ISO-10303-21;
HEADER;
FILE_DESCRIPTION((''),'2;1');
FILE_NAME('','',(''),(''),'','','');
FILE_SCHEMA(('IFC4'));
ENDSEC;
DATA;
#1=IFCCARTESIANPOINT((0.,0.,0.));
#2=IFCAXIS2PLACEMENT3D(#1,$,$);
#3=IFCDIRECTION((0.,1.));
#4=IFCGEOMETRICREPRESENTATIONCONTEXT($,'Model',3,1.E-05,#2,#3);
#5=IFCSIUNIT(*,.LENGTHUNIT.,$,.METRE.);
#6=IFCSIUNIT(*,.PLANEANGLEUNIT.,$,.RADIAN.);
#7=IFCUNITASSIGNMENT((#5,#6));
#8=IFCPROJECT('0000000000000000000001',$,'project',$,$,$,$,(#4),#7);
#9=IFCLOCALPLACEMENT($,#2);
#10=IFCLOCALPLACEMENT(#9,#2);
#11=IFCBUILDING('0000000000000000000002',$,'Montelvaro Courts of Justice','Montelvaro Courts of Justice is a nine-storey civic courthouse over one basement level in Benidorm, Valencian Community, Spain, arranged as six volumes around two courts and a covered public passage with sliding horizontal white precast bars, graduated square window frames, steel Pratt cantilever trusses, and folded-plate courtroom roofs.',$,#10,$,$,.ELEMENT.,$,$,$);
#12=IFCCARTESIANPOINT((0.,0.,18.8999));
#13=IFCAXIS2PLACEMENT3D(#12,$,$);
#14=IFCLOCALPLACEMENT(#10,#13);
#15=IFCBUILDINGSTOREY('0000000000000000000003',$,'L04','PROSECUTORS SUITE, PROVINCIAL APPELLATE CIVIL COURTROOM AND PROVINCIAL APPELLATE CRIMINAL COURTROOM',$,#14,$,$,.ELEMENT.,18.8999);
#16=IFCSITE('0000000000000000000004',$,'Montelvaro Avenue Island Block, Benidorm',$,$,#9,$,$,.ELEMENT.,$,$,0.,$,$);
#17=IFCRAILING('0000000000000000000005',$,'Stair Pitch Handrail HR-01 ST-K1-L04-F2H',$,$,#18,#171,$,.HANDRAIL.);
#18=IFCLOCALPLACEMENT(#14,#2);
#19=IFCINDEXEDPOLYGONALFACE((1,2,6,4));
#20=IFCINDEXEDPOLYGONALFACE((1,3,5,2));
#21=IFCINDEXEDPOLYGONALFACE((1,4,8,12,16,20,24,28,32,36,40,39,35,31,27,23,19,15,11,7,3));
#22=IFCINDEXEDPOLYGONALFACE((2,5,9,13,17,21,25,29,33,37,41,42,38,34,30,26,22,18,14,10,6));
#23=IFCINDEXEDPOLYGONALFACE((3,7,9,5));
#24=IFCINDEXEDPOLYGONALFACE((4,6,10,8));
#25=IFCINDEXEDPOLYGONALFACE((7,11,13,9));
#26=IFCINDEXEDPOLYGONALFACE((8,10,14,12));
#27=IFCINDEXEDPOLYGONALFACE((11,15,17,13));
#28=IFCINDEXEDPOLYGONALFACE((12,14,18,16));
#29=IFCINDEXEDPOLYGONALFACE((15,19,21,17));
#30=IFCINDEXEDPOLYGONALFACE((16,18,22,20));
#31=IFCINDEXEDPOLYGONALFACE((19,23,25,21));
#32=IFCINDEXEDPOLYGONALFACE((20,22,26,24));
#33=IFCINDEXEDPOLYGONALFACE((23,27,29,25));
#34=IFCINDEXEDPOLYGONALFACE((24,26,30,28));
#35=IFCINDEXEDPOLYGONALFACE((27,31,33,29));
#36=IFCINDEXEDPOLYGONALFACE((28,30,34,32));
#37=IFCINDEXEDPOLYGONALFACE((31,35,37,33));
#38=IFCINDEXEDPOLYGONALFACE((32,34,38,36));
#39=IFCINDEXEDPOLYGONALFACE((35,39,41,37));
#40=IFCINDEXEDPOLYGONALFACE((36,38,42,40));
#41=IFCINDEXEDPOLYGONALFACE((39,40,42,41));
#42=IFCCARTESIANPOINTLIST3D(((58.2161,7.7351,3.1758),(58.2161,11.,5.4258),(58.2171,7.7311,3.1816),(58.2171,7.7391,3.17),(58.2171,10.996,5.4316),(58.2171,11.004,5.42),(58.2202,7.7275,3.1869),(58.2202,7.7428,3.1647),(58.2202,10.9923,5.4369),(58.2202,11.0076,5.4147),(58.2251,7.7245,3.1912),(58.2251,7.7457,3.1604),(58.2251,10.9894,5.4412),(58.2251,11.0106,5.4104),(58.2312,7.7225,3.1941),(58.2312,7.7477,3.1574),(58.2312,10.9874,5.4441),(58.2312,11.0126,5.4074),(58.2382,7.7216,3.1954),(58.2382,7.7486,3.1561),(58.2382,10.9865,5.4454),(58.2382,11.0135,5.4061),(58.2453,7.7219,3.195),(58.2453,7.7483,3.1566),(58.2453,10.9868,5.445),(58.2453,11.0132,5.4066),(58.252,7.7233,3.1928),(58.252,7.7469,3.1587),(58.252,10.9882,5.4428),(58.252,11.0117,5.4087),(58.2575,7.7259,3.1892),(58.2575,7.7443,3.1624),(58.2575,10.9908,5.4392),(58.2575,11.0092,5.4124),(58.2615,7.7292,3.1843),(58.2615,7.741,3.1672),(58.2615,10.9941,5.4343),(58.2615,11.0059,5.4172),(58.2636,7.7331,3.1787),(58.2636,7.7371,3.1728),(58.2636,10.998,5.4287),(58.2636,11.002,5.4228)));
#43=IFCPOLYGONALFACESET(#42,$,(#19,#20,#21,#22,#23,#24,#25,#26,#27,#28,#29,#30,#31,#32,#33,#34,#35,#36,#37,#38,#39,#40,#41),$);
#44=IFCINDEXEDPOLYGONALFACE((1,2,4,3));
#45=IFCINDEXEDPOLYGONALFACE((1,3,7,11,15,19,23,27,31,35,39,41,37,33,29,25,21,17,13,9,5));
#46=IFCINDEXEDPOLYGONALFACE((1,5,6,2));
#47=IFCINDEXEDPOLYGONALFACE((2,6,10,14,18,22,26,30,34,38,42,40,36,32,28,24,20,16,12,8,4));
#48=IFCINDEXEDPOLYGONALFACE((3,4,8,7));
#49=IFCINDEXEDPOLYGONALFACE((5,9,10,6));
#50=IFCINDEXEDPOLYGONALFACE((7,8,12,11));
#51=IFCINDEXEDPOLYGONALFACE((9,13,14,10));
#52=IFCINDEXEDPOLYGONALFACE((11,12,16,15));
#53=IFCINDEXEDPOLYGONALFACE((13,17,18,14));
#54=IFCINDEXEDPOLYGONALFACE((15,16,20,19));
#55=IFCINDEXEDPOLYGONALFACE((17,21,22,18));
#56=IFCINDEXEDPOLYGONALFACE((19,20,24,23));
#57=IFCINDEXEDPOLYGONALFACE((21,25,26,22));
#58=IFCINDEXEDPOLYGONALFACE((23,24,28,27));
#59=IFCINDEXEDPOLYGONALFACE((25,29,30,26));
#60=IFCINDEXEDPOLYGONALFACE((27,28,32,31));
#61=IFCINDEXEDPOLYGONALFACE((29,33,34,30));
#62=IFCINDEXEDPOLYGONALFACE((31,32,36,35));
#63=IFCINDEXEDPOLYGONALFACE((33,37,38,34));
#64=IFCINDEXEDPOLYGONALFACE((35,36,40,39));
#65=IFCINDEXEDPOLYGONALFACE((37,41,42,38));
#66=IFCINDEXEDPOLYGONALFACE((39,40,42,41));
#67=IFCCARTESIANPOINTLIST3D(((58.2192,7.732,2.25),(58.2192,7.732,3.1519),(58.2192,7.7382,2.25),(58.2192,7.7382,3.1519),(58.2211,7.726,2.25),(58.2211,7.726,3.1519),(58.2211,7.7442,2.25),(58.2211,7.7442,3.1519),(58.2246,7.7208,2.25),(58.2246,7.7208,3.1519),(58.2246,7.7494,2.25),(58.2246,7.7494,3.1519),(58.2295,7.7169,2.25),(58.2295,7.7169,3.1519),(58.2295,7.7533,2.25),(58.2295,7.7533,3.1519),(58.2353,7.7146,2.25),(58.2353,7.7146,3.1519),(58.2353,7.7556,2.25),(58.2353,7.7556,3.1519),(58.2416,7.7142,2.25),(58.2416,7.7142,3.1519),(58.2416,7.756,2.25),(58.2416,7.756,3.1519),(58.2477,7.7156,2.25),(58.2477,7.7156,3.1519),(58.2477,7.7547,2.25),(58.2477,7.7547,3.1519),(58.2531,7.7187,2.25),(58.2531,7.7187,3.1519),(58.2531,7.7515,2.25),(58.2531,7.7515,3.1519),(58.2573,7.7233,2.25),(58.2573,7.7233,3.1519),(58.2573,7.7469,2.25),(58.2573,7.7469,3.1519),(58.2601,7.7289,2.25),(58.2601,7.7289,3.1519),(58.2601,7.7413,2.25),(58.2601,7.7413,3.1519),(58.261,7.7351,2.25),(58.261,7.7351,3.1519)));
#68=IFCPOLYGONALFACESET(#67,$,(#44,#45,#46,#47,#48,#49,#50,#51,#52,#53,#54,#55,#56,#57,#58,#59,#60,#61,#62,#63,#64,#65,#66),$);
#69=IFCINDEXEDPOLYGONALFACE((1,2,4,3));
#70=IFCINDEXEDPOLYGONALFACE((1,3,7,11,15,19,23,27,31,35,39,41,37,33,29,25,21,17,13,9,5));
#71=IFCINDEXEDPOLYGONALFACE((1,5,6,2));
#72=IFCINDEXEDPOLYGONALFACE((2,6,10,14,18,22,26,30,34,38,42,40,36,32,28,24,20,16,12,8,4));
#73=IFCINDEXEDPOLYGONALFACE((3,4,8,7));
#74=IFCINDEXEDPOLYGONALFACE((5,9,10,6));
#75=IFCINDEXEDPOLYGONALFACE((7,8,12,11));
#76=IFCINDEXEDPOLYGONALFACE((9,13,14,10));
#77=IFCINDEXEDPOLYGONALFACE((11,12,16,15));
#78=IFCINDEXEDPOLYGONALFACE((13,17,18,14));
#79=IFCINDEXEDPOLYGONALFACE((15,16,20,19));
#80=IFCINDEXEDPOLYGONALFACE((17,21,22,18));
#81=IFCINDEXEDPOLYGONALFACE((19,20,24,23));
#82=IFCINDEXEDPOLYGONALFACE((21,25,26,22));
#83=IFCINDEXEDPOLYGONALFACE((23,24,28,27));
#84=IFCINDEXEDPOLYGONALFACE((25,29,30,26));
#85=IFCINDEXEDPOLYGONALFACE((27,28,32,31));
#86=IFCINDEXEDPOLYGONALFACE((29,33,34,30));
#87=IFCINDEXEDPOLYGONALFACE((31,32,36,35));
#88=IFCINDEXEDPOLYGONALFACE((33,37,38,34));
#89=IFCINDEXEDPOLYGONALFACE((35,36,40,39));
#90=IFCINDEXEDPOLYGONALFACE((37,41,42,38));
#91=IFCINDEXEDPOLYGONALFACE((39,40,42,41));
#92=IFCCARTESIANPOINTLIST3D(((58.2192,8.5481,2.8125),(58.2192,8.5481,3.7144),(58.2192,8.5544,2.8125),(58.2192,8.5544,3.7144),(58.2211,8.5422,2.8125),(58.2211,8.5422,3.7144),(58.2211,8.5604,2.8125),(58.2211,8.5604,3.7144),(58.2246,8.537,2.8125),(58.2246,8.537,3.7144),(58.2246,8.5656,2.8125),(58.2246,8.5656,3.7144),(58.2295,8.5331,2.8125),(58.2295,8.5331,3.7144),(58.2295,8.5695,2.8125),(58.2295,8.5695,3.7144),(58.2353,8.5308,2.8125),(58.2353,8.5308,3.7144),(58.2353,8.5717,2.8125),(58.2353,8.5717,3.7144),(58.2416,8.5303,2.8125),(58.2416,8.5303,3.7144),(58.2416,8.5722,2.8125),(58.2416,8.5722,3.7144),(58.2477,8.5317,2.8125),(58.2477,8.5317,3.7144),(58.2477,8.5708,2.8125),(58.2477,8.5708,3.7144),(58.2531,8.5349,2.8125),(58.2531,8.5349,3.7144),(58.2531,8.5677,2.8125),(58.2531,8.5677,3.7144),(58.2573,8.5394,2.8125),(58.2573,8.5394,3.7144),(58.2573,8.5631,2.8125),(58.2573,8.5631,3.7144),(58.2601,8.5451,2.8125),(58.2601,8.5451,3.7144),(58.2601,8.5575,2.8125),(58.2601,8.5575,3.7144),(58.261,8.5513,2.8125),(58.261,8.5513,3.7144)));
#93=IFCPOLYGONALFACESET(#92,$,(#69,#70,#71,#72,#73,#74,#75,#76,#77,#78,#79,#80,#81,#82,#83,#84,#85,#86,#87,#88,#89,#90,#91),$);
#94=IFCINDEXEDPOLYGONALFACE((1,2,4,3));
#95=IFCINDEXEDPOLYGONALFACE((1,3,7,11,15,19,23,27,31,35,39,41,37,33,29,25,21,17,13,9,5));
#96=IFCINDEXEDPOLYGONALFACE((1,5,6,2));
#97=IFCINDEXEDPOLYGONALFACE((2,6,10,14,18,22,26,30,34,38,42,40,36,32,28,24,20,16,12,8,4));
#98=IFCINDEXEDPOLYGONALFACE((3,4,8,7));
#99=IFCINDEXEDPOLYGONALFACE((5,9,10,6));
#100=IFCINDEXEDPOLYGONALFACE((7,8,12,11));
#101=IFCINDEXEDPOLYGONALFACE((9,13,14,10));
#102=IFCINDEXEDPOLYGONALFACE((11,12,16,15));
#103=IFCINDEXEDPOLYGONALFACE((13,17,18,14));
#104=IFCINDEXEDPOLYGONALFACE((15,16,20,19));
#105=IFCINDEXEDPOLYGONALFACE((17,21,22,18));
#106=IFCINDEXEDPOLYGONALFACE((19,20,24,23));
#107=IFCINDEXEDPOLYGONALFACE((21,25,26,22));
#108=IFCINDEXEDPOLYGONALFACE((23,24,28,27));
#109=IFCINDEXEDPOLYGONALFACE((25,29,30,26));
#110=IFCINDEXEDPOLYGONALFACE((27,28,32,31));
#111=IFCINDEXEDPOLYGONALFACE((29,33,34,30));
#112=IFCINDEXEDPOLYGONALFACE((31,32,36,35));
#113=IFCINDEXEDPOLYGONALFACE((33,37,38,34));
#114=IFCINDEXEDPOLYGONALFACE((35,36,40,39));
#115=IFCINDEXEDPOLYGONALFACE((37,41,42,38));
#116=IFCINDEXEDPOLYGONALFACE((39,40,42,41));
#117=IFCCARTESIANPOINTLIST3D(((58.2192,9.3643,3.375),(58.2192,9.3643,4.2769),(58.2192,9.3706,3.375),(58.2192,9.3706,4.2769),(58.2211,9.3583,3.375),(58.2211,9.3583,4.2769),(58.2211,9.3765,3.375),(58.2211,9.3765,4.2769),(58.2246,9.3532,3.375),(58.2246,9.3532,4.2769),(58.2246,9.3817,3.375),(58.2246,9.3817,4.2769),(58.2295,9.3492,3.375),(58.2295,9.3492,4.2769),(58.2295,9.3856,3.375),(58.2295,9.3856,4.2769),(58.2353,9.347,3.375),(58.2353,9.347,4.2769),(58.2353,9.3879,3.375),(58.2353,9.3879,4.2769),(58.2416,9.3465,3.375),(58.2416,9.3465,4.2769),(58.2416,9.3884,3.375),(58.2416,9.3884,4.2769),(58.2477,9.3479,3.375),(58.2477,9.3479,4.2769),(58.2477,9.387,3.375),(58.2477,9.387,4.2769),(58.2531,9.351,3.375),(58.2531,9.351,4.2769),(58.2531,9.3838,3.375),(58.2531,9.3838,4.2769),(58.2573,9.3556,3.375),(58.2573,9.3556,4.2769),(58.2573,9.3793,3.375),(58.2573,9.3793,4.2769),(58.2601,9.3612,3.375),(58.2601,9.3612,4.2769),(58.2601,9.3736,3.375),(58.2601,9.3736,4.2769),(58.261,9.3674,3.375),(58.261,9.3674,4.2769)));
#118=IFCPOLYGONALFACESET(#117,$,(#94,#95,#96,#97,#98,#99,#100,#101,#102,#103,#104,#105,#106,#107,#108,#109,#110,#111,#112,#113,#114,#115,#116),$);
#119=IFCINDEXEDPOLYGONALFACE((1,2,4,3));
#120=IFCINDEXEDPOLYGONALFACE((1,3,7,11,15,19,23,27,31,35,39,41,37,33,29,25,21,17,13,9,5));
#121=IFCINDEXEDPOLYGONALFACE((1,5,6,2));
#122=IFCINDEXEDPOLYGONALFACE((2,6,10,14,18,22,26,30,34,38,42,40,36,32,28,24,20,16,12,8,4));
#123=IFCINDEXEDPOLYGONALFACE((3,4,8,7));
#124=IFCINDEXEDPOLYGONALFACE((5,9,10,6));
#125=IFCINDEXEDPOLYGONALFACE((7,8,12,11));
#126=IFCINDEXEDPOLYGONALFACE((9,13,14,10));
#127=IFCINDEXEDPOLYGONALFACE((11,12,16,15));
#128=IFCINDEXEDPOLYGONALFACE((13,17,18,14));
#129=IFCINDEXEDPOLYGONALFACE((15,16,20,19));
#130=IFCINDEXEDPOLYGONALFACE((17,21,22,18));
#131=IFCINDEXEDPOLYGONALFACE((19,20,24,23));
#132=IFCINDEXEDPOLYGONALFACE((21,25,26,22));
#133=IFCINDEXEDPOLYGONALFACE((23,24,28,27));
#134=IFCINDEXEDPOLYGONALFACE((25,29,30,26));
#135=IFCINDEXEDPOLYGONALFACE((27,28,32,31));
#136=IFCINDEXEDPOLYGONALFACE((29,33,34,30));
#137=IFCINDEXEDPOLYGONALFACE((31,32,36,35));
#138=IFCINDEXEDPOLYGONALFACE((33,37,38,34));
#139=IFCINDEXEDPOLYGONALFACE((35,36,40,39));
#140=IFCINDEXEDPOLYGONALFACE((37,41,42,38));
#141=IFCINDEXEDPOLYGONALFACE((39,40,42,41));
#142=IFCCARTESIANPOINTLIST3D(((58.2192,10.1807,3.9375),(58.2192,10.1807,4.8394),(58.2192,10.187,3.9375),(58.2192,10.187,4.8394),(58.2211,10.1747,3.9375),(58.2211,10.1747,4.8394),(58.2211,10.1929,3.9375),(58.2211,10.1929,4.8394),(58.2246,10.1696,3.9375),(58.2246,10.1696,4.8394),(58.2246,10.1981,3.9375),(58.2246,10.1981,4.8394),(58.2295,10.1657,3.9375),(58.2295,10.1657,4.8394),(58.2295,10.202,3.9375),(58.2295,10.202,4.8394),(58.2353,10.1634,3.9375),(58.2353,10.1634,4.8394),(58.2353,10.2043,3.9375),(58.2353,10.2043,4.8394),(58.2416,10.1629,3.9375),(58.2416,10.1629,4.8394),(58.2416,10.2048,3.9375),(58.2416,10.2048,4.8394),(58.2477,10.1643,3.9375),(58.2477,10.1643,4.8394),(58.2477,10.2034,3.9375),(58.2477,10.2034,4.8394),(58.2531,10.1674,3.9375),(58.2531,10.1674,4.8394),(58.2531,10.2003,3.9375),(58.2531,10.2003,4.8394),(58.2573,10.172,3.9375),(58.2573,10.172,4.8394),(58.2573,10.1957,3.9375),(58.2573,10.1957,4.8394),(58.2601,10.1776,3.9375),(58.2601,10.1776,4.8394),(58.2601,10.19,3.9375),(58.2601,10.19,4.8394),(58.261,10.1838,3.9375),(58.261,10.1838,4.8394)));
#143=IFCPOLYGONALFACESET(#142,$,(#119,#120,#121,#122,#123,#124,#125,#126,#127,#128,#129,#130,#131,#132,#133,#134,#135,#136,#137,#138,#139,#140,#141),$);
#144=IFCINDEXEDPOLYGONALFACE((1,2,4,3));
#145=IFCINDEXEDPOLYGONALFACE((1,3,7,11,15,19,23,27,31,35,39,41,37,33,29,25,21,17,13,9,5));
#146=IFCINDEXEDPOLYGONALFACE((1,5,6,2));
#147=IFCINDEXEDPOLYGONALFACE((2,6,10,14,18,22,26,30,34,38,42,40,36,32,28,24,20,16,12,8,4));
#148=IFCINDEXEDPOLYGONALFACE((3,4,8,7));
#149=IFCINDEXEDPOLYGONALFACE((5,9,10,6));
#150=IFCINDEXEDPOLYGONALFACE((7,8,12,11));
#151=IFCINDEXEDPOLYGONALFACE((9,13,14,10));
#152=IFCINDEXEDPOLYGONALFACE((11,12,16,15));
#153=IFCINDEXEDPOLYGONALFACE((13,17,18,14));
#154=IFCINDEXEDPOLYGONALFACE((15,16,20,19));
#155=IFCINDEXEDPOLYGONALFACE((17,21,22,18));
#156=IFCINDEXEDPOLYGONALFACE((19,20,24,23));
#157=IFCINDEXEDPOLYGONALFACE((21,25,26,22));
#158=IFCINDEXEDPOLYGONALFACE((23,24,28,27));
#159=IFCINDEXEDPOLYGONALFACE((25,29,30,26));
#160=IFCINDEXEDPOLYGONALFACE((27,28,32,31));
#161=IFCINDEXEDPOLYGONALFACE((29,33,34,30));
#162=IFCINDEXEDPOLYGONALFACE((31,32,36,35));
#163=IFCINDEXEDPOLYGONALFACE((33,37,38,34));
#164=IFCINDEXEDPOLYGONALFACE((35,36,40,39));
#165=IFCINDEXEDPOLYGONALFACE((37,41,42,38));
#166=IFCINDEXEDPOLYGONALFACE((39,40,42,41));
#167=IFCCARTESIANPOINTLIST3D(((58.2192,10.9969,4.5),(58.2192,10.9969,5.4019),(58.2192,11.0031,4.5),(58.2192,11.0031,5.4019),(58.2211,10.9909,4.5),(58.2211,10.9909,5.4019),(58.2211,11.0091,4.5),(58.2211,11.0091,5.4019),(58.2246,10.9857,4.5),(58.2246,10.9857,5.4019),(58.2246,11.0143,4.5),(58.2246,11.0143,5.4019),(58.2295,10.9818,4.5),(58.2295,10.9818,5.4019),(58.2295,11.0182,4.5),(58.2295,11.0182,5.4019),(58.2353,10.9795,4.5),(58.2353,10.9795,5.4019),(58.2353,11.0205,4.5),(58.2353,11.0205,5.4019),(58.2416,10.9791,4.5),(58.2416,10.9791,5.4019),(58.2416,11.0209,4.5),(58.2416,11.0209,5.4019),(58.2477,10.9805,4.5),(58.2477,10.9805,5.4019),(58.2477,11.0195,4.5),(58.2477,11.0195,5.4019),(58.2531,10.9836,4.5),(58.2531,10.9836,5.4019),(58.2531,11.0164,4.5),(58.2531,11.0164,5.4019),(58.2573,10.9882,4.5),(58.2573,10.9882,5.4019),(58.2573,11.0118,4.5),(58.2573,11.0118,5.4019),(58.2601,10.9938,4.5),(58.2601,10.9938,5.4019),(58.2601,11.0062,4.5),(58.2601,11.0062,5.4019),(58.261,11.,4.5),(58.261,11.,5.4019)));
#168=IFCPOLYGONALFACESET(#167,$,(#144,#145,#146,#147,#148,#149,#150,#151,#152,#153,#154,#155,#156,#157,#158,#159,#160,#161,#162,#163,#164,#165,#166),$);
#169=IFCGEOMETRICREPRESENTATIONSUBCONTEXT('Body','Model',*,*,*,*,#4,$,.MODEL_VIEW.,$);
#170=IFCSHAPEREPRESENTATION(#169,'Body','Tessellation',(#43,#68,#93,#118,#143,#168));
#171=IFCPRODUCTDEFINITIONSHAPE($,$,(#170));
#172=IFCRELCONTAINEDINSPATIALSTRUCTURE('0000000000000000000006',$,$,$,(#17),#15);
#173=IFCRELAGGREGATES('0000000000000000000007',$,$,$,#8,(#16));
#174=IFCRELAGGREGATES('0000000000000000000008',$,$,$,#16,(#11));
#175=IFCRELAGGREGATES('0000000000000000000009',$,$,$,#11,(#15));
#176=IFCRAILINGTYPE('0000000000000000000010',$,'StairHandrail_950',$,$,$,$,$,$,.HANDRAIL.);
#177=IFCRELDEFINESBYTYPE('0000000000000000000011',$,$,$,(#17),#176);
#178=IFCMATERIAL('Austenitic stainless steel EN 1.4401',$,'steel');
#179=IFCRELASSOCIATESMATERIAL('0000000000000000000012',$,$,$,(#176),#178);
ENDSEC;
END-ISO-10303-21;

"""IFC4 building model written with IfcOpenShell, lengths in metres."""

from ifc_helpers import new_model, si_unit, direction, frame, origin, origin_2d, place, context, subcontext, project, spatial, circle, extrude, material, type_object, element, save


model = new_model("IFC4")

# Units and contexts
model_context = context("Model", 3, precision=1e-05, world=origin(), true_north=direction((0.0, 1.0)))
body_context = subcontext(model_context, "Body", "Model", "MODEL_VIEW")
ifc_project = project(units=[si_unit("LENGTHUNIT", "METRE"), si_unit("PLANEANGLEUNIT", "RADIAN")], contexts=[model_context])

# Site, building, storey
site_placement = place(None, origin())
site = spatial("IfcSite", under=ifc_project, at=site_placement, Name="Montelvaro Avenue Island Block, Benidorm", CompositionType="ELEMENT", RefElevation=0.0)
building_placement = place(site_placement, origin())
building = spatial("IfcBuilding", under=site, at=building_placement, Name="Montelvaro Courts of Justice", Description="Montelvaro Courts of Justice is a nine-storey civic courthouse over one basement level in Benidorm, Valencian Community, Spain, arranged as six volumes around two courts and a covered public passage with sliding horizontal white precast bars, graduated square window frames, steel Pratt cantilever trusses, and folded-plate courtroom roofs.", CompositionType="ELEMENT")
storey_placement = place(building_placement, frame((0.0, 0.0, 18.8999)))
storey = spatial("IfcBuildingStorey", under=building, at=storey_placement, Name="L04", Description="PROSECUTORS SUITE, PROVINCIAL APPELLATE CIVIL COURTROOM AND PROVINCIAL APPELLATE CRIMINAL COURTROOM", CompositionType="ELEMENT", Elevation=18.8999)

# Railing
ifc_material_1 = material(Name="Austenitic stainless steel EN 1.4401", Category="steel")
railing_type_1 = type_object("IfcRailingType", Name="StairHandrail_950", PredefinedType="HANDRAIL", material=ifc_material_1)
railing_1_placement = place(storey_placement, frame((58.24, 7.7351, 2.25)))
element("IfcRailing", 1, at=railing_1_placement, inside=storey, type_object=railing_type_1, Name="Stair Pitch Handrail HR-01 ST-K1-L04-F2H", PredefinedType="HANDRAIL", context=body_context, shape_type="SweptSolid", body=[
    extrude(circle(Radius=0.0239, at=origin_2d()), frame((0.0, 0.0, 0.9258), z_axis=(0.0, 0.823407, 0.567451), x_axis=(-1.0, 0.0, 0.0)), (0.0, 0.0, 1.0), 3.9651),
    extrude(circle(Radius=0.021, at=origin_2d()), origin(), (0.0, 0.0, 1.0), 0.9019),
    extrude(circle(Radius=0.021, at=origin_2d()), frame((0.0, 0.8162, 0.5625)), (0.0, 0.0, 1.0), 0.9019),
    extrude(circle(Radius=0.021, at=origin_2d()), frame((0.0, 1.6323, 1.125)), (0.0, 0.0, 1.0), 0.9019),
    extrude(circle(Radius=0.021, at=origin_2d()), frame((0.0, 2.4487, 1.6875)), (0.0, 0.0, 1.0), 0.9019),
    extrude(circle(Radius=0.021, at=origin_2d()), frame((0.0, 3.2649, 2.25)), (0.0, 0.0, 1.0), 0.9019),
])

save(model, "model.ifc")
